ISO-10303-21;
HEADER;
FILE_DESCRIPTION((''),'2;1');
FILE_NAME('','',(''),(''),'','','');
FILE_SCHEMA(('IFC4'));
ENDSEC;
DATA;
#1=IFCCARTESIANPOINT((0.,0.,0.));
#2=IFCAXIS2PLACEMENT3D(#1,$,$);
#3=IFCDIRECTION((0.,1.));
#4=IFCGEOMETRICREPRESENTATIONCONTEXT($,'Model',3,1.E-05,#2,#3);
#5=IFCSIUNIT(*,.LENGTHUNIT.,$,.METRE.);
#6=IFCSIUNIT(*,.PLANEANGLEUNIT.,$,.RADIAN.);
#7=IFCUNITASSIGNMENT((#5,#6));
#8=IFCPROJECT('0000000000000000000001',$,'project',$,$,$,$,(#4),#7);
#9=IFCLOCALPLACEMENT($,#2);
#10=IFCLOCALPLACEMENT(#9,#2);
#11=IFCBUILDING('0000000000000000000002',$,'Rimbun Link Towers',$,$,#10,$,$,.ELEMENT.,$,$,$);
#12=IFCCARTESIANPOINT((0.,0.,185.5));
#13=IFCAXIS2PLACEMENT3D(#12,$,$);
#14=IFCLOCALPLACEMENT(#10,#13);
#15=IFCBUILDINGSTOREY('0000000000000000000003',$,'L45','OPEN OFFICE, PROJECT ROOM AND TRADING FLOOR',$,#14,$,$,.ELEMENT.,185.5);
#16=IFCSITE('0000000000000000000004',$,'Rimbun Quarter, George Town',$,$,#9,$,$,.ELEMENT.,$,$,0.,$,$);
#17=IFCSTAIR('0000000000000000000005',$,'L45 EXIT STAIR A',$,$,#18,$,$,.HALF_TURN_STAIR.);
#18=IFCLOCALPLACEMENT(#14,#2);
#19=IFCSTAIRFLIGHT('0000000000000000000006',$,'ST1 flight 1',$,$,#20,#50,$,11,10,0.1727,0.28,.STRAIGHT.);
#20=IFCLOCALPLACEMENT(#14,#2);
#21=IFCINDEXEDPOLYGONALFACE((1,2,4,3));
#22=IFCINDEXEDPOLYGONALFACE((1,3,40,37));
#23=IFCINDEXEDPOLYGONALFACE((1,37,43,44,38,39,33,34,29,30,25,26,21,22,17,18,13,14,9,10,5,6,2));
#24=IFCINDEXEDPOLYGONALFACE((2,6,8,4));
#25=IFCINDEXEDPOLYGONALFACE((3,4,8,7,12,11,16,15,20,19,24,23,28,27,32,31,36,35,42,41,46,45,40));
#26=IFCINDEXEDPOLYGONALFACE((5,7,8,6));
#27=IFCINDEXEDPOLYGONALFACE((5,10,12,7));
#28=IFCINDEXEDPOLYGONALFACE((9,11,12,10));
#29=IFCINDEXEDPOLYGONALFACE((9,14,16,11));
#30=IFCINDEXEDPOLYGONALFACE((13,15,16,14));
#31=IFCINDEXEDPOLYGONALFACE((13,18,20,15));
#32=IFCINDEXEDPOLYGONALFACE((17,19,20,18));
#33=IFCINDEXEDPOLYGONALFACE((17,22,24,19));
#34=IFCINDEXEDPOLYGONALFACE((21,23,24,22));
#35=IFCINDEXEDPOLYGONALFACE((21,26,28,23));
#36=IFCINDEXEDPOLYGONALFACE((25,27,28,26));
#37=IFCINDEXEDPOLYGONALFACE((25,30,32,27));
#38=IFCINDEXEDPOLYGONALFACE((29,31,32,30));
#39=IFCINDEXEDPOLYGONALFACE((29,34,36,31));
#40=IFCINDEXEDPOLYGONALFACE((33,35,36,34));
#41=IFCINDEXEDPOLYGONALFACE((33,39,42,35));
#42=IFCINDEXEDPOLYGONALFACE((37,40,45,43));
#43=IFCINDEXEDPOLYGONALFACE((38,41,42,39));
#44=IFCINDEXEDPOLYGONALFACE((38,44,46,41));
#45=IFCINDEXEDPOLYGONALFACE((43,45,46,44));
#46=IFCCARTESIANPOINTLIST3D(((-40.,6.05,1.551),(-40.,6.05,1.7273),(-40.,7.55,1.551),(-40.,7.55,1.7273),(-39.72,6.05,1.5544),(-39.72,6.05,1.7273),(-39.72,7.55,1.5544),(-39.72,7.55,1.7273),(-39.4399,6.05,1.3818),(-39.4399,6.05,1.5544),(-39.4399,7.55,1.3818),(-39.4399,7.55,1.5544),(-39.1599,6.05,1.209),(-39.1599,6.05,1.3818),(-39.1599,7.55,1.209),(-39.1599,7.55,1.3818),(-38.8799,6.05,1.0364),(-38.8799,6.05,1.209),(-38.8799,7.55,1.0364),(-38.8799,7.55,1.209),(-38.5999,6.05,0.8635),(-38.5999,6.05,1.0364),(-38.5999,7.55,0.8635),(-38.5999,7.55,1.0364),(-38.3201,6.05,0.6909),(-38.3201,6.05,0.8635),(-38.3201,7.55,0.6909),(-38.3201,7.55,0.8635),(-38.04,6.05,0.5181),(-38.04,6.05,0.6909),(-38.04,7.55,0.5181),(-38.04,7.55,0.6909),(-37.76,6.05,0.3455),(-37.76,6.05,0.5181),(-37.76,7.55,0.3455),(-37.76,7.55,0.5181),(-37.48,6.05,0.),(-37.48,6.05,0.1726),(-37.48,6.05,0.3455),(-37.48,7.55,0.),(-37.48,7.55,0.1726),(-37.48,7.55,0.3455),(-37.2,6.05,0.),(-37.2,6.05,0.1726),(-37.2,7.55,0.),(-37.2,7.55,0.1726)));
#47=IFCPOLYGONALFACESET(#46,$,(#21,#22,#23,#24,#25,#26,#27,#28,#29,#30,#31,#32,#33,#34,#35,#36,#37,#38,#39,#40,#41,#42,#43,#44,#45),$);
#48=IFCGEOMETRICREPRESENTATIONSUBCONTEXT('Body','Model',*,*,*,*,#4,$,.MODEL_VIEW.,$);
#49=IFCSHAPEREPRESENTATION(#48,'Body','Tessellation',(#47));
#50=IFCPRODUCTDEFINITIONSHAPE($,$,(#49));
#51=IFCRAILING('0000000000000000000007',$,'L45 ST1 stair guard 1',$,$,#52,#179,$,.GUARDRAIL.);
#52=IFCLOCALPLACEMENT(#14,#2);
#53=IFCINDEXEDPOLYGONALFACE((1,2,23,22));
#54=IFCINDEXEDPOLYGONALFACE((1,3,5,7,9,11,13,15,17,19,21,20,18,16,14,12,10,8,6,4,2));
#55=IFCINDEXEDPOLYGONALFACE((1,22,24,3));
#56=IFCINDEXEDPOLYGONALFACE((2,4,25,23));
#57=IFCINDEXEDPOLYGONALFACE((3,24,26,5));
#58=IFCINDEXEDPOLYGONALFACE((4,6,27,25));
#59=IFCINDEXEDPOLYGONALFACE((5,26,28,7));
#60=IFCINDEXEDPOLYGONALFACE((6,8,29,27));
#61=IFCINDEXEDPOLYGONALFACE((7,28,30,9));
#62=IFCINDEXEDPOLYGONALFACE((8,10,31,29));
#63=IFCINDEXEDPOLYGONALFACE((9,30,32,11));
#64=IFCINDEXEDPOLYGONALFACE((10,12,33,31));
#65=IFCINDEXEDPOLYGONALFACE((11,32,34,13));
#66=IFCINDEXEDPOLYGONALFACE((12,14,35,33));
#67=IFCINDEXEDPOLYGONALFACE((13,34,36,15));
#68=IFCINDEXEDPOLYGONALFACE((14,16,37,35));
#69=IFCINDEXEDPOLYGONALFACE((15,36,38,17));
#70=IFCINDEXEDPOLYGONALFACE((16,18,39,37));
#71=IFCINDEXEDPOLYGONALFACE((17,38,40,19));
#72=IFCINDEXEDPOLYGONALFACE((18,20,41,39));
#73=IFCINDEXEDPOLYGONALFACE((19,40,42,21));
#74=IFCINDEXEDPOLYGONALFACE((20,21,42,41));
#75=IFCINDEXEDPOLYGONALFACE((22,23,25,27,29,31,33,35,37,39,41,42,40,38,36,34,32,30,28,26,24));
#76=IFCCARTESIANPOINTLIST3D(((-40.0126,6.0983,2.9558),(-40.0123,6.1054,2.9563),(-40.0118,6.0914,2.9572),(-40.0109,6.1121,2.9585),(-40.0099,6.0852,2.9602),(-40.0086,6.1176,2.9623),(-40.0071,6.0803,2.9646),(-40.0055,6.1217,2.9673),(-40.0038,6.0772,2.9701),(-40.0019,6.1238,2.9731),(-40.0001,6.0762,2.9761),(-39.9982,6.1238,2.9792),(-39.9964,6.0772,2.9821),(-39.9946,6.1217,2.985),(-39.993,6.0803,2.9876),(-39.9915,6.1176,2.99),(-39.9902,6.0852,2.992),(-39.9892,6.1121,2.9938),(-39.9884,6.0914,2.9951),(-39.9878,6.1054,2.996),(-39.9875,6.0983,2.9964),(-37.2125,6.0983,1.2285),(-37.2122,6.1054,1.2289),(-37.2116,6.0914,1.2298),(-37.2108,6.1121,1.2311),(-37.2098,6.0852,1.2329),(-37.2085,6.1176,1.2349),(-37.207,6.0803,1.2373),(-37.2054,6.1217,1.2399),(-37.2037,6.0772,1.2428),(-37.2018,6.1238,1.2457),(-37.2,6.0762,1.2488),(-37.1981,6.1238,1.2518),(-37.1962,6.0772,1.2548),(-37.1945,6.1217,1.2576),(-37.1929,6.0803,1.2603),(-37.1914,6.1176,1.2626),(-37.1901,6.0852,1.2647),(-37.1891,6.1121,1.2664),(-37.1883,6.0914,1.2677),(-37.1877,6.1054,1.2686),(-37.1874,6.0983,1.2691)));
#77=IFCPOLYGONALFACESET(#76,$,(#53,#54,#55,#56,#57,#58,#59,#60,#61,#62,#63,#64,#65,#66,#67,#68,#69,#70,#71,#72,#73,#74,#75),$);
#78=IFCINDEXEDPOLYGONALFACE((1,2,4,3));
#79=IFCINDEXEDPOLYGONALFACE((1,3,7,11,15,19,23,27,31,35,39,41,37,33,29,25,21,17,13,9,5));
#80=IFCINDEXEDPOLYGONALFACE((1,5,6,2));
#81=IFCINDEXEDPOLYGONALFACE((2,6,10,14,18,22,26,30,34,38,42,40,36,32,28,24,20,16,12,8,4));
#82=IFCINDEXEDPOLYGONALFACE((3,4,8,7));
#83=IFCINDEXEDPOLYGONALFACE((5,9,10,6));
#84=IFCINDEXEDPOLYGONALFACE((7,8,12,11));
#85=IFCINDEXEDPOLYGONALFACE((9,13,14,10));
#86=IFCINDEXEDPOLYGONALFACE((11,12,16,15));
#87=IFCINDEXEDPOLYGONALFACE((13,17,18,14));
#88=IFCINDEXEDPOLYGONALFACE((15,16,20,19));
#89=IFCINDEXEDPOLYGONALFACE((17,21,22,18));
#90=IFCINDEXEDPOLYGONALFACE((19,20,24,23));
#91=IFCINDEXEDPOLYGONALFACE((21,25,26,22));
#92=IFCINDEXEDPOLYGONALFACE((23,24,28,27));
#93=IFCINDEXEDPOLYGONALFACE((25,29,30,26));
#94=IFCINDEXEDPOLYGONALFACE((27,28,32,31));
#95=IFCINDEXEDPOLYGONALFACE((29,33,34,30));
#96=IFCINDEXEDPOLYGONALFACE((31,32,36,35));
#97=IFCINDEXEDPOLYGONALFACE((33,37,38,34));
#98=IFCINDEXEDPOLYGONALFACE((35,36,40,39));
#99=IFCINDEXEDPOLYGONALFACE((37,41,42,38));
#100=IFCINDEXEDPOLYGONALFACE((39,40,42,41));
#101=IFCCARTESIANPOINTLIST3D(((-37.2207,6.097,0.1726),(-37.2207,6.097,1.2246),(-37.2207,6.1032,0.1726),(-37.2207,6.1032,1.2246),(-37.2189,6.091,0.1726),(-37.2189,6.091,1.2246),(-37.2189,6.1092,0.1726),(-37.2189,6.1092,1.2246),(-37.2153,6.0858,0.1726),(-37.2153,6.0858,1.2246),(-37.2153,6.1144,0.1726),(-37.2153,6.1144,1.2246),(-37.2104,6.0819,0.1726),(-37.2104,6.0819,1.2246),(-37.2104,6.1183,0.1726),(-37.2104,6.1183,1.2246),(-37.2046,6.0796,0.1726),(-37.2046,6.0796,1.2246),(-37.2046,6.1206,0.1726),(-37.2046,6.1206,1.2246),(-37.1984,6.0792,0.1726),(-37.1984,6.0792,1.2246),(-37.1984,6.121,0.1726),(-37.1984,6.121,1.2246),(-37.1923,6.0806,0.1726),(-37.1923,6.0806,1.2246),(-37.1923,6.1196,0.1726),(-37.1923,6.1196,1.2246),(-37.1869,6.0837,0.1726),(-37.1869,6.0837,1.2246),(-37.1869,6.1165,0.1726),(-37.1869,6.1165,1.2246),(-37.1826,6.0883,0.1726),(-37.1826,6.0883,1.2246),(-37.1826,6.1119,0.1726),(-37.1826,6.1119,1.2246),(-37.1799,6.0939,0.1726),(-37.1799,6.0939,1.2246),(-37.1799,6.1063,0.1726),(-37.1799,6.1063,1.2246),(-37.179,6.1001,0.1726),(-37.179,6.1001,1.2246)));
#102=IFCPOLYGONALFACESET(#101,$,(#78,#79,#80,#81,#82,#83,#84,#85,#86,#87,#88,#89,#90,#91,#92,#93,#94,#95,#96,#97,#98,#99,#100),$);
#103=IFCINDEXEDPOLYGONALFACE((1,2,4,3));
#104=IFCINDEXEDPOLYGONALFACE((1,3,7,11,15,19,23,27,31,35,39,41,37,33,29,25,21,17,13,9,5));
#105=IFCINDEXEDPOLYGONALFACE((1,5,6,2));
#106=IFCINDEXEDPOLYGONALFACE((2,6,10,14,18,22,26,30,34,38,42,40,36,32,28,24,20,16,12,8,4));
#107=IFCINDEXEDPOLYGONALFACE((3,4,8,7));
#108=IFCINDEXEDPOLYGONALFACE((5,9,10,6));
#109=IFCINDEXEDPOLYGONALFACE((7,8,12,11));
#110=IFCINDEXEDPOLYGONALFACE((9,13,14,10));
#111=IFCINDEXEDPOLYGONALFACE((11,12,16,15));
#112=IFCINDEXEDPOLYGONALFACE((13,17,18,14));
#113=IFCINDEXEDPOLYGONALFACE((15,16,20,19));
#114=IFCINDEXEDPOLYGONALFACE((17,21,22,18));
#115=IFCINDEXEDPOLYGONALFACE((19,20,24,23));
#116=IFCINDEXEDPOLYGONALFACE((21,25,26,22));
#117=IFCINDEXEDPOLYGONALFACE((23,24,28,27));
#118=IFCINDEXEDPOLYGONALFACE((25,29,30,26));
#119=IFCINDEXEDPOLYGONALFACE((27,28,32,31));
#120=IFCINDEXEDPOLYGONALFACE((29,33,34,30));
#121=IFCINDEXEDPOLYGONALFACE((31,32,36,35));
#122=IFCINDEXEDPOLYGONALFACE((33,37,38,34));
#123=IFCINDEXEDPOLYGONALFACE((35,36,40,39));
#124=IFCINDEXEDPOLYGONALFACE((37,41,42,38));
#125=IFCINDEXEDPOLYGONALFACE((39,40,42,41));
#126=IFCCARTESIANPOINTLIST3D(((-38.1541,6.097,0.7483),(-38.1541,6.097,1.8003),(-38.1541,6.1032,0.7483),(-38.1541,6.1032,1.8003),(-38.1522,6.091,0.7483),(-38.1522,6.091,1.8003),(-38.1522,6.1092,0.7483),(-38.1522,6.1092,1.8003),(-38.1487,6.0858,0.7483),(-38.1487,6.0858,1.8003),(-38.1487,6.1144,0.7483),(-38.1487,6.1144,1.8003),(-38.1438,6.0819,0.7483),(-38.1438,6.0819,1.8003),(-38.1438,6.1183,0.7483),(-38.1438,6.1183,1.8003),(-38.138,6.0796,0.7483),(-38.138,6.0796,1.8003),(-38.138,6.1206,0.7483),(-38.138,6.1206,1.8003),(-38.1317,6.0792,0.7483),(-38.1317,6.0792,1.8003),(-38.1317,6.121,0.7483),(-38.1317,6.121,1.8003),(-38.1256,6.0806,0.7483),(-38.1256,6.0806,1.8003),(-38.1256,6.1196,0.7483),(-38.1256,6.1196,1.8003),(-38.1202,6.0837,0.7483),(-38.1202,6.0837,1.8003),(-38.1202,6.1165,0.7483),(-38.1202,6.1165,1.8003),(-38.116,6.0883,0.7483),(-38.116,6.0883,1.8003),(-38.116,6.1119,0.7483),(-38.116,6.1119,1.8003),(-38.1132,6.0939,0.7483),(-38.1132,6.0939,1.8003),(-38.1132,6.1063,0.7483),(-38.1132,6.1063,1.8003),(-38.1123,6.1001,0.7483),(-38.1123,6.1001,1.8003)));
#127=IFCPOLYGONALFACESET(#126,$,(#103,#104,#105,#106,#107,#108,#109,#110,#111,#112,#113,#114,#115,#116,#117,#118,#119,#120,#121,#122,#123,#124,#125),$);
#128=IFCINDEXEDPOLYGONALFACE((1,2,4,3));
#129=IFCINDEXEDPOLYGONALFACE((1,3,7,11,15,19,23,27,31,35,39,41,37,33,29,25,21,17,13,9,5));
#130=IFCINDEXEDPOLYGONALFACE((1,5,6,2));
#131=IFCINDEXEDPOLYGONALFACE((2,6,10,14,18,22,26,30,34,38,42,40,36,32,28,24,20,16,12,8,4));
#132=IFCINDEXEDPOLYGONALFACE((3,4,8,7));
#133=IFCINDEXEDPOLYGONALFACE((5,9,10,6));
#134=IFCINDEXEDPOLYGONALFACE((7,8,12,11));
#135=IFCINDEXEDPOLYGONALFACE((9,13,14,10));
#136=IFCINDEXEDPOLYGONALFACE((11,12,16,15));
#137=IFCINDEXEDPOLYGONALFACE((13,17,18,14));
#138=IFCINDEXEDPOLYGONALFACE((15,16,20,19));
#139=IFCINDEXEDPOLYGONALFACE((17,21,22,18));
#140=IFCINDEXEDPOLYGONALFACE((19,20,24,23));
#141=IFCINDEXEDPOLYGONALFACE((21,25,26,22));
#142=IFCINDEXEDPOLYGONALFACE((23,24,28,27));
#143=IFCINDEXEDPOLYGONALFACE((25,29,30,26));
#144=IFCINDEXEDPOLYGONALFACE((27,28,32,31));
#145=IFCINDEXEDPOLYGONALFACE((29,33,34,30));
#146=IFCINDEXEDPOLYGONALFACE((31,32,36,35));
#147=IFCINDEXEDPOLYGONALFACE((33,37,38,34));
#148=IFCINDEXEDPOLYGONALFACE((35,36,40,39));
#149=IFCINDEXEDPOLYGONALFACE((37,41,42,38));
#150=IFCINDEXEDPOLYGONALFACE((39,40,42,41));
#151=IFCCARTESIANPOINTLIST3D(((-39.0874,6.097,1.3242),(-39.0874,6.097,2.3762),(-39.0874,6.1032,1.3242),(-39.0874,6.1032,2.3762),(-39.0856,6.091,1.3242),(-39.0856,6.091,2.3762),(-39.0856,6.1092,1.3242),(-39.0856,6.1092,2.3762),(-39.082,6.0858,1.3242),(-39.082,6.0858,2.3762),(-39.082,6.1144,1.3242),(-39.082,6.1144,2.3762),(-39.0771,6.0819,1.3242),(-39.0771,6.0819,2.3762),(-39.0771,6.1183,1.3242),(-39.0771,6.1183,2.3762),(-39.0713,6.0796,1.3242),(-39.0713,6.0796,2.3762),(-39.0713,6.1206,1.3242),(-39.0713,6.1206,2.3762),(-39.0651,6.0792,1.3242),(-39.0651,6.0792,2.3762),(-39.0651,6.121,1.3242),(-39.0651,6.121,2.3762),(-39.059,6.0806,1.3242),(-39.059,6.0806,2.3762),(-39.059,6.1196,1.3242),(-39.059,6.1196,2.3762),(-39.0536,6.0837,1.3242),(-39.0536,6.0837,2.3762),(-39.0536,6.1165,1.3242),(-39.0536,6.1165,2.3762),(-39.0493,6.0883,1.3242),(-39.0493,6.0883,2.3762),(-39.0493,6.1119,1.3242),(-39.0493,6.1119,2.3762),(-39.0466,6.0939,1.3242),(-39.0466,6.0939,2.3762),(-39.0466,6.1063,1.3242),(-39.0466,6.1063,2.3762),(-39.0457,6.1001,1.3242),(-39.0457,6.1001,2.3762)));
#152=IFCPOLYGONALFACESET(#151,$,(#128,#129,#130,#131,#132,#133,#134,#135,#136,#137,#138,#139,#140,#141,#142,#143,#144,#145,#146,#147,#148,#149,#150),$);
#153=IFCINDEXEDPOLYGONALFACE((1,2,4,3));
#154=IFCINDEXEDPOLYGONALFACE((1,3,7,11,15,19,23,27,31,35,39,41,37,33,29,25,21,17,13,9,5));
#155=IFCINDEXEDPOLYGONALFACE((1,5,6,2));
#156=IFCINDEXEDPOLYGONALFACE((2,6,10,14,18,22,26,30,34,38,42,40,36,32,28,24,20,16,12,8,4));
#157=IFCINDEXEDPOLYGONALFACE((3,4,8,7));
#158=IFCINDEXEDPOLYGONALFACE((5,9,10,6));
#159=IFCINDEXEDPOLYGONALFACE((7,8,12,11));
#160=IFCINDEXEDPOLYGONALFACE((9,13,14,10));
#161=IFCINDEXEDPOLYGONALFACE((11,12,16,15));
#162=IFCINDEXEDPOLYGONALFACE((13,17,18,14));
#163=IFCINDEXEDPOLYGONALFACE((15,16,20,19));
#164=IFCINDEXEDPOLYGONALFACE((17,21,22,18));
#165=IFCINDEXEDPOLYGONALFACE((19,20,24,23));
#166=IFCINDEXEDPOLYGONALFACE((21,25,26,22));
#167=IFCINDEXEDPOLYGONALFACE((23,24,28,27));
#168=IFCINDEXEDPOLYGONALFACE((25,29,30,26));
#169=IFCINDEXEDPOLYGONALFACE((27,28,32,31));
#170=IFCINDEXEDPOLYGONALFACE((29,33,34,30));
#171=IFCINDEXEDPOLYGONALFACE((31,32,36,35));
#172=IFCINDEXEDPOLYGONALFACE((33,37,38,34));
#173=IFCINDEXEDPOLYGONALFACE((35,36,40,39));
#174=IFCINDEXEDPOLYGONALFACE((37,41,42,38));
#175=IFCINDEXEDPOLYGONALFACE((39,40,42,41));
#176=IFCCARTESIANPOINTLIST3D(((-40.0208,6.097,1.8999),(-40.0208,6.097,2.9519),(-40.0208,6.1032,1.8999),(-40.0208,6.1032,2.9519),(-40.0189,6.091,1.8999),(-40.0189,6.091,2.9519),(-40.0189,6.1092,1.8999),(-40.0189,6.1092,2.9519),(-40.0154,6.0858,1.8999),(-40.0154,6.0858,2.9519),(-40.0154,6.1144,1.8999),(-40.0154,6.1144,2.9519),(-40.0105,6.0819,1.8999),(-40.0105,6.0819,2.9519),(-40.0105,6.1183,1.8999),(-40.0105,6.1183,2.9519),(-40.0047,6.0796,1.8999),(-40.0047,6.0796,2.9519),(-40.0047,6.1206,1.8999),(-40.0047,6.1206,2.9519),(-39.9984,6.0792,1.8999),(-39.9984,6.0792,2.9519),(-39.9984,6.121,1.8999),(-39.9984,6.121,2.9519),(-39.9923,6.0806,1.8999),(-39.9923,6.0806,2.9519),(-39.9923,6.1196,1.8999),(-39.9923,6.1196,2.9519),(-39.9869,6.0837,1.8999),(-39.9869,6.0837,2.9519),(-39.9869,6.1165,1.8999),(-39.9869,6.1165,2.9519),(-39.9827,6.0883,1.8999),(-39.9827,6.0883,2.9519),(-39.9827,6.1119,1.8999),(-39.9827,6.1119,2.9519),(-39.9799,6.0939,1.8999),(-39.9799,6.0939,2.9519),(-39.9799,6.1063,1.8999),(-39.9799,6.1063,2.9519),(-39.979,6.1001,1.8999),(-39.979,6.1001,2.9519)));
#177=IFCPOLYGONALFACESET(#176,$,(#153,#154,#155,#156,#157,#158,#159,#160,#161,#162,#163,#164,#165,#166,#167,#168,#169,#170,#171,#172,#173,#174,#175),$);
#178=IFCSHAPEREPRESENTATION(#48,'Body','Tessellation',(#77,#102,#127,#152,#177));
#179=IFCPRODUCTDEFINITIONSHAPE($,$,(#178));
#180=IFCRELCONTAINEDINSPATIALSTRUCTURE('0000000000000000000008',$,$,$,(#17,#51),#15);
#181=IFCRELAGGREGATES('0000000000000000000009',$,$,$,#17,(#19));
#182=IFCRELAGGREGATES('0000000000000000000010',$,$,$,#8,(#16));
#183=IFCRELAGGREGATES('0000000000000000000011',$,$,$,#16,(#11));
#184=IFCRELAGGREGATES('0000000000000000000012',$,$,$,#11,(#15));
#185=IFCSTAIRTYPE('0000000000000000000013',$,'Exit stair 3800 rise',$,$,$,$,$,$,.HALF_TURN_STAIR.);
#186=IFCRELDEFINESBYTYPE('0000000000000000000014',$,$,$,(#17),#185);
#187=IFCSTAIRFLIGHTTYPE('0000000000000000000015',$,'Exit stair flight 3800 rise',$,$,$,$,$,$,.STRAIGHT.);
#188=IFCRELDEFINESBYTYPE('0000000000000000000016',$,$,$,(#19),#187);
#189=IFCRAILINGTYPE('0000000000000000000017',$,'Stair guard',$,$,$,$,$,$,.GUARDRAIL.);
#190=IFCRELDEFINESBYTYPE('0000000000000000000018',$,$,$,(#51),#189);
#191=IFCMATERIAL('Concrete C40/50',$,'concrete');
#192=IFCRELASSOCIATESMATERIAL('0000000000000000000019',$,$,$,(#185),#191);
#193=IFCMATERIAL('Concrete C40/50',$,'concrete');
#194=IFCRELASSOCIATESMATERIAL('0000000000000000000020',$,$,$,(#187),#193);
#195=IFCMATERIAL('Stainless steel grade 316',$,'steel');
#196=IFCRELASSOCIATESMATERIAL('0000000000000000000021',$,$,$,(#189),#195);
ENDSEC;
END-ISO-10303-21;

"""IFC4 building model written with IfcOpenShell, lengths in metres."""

from ifc_helpers import new_model, si_unit, direction, frame, origin, origin_2d, place, context, subcontext, project, spatial, polyline, circle, outline, extrude, material, type_object, element, aggregate, save


model = new_model("IFC4")

# Units and contexts
model_context = context("Model", 3, precision=1e-05, world=origin(), true_north=direction((0.0, 1.0)))
body_context = subcontext(model_context, "Body", "Model", "MODEL_VIEW")
ifc_project = project(units=[si_unit("LENGTHUNIT", "METRE"), si_unit("PLANEANGLEUNIT", "RADIAN")], contexts=[model_context])

# Site, building, storey
site_placement = place(None, origin())
site = spatial("IfcSite", under=ifc_project, at=site_placement, Name="Rimbun Quarter, George Town", CompositionType="ELEMENT", RefElevation=0.0)
building_placement = place(site_placement, origin())
building = spatial("IfcBuilding", under=site, at=building_placement, Name="Rimbun Link Towers", CompositionType="ELEMENT")
storey_placement = place(building_placement, frame((0.0, 0.0, 185.5)))
storey = spatial("IfcBuildingStorey", under=building, at=storey_placement, Name="L45", Description="OPEN OFFICE, PROJECT ROOM AND TRADING FLOOR", CompositionType="ELEMENT", Elevation=185.5)

# Stair, stair flight
ifc_material_1 = material(Name="Concrete C40/50", Category="concrete")
stair_type = type_object("IfcStairType", Name="Exit stair 3800 rise", PredefinedType="HALF_TURN_STAIR", material=ifc_material_1)
stair_placement = place(storey_placement, origin())
stair = element("IfcStair", 1, at=stair_placement, inside=storey, type_object=stair_type, Name="L45 EXIT STAIR A", PredefinedType="HALF_TURN_STAIR")
ifc_material_2 = material(Name="Concrete C40/50", Category="concrete")
stair_flight_type = type_object("IfcStairFlightType", Name="Exit stair flight 3800 rise", PredefinedType="STRAIGHT", material=ifc_material_2)
stair_flight_placement = place(storey_placement, frame((-37.2, 6.8, 0.0), z_axis=(0.0, 0.0, 1.0), x_axis=(-1.0, 0.0, 0.0)))
stair_flight = element("IfcStairFlight", 2, at=stair_flight_placement, type_object=stair_flight_type, Name="ST1 flight 1", NumberOfRisers=11, NumberOfTreads=10, PredefinedType="STRAIGHT", RiserHeight=0.1727, TreadLength=0.28, context=body_context, shape_type="SweptSolid", body=[
    extrude(outline(polyline([(0.0, 0.0), (0.0, 0.1726), (0.28, 0.1726), (0.28, 0.3455), (0.5601, 0.3455), (0.5601, 0.5181), (0.8401, 0.5181), (0.8401, 0.6909), (1.1201, 0.6909), (1.1201, 0.8635), (1.3999, 0.8635), (1.3999, 1.0364), (1.6799, 1.0364), (1.6799, 1.209), (1.96, 1.209), (1.96, 1.3818), (2.24, 1.3818), (2.24, 1.5544), (2.52, 1.5544), (2.52, 1.7273), (2.8, 1.7273), (2.8, 1.8999), (2.8, 1.551), (0.28, 0.0), (0.0, 0.0)])), frame((0.0, 0.75, 0.0), z_axis=(0.0, -1.0, 0.0), x_axis=(1.0, 0.0, 0.0)), (0.0, 0.0, 1.0), 1.5),
])
aggregate(stair, [stair_flight])

# Railing
ifc_material_3 = material(Name="Stainless steel grade 316", Category="steel")
railing_type_1 = type_object("IfcRailingType", Name="Stair guard", PredefinedType="GUARDRAIL", material=ifc_material_3)
railing_1_placement = place(storey_placement, frame((-37.2, 6.1001, 0.1726)))
element("IfcRailing", 3, at=railing_1_placement, inside=storey, type_object=railing_type_1, Name="L45 ST1 stair guard 1", PredefinedType="GUARDRAIL", context=body_context, shape_type="SweptSolid", body=[
    extrude(circle(Radius=0.0239, at=origin_2d()), frame((0.0, 0.0, 1.0762), z_axis=(-0.85109, 0.0, 0.52502), x_axis=(0.0, -1.0, 0.0)), (0.0, 0.0, 1.0), 3.29),
    extrude(circle(Radius=0.021, at=origin_2d()), origin(), (0.0, 0.0, 1.0), 1.052),
    extrude(circle(Radius=0.021, at=origin_2d()), frame((-0.9333, 0.0, 0.5757)), (0.0, 0.0, 1.0), 1.052),
    extrude(circle(Radius=0.021, at=origin_2d()), frame((-1.8667, 0.0, 1.1516)), (0.0, 0.0, 1.0), 1.052),
    extrude(circle(Radius=0.021, at=origin_2d()), frame((-2.8, 0.0, 1.7273)), (0.0, 0.0, 1.0), 1.052),
])

save(model, "model.ifc")
